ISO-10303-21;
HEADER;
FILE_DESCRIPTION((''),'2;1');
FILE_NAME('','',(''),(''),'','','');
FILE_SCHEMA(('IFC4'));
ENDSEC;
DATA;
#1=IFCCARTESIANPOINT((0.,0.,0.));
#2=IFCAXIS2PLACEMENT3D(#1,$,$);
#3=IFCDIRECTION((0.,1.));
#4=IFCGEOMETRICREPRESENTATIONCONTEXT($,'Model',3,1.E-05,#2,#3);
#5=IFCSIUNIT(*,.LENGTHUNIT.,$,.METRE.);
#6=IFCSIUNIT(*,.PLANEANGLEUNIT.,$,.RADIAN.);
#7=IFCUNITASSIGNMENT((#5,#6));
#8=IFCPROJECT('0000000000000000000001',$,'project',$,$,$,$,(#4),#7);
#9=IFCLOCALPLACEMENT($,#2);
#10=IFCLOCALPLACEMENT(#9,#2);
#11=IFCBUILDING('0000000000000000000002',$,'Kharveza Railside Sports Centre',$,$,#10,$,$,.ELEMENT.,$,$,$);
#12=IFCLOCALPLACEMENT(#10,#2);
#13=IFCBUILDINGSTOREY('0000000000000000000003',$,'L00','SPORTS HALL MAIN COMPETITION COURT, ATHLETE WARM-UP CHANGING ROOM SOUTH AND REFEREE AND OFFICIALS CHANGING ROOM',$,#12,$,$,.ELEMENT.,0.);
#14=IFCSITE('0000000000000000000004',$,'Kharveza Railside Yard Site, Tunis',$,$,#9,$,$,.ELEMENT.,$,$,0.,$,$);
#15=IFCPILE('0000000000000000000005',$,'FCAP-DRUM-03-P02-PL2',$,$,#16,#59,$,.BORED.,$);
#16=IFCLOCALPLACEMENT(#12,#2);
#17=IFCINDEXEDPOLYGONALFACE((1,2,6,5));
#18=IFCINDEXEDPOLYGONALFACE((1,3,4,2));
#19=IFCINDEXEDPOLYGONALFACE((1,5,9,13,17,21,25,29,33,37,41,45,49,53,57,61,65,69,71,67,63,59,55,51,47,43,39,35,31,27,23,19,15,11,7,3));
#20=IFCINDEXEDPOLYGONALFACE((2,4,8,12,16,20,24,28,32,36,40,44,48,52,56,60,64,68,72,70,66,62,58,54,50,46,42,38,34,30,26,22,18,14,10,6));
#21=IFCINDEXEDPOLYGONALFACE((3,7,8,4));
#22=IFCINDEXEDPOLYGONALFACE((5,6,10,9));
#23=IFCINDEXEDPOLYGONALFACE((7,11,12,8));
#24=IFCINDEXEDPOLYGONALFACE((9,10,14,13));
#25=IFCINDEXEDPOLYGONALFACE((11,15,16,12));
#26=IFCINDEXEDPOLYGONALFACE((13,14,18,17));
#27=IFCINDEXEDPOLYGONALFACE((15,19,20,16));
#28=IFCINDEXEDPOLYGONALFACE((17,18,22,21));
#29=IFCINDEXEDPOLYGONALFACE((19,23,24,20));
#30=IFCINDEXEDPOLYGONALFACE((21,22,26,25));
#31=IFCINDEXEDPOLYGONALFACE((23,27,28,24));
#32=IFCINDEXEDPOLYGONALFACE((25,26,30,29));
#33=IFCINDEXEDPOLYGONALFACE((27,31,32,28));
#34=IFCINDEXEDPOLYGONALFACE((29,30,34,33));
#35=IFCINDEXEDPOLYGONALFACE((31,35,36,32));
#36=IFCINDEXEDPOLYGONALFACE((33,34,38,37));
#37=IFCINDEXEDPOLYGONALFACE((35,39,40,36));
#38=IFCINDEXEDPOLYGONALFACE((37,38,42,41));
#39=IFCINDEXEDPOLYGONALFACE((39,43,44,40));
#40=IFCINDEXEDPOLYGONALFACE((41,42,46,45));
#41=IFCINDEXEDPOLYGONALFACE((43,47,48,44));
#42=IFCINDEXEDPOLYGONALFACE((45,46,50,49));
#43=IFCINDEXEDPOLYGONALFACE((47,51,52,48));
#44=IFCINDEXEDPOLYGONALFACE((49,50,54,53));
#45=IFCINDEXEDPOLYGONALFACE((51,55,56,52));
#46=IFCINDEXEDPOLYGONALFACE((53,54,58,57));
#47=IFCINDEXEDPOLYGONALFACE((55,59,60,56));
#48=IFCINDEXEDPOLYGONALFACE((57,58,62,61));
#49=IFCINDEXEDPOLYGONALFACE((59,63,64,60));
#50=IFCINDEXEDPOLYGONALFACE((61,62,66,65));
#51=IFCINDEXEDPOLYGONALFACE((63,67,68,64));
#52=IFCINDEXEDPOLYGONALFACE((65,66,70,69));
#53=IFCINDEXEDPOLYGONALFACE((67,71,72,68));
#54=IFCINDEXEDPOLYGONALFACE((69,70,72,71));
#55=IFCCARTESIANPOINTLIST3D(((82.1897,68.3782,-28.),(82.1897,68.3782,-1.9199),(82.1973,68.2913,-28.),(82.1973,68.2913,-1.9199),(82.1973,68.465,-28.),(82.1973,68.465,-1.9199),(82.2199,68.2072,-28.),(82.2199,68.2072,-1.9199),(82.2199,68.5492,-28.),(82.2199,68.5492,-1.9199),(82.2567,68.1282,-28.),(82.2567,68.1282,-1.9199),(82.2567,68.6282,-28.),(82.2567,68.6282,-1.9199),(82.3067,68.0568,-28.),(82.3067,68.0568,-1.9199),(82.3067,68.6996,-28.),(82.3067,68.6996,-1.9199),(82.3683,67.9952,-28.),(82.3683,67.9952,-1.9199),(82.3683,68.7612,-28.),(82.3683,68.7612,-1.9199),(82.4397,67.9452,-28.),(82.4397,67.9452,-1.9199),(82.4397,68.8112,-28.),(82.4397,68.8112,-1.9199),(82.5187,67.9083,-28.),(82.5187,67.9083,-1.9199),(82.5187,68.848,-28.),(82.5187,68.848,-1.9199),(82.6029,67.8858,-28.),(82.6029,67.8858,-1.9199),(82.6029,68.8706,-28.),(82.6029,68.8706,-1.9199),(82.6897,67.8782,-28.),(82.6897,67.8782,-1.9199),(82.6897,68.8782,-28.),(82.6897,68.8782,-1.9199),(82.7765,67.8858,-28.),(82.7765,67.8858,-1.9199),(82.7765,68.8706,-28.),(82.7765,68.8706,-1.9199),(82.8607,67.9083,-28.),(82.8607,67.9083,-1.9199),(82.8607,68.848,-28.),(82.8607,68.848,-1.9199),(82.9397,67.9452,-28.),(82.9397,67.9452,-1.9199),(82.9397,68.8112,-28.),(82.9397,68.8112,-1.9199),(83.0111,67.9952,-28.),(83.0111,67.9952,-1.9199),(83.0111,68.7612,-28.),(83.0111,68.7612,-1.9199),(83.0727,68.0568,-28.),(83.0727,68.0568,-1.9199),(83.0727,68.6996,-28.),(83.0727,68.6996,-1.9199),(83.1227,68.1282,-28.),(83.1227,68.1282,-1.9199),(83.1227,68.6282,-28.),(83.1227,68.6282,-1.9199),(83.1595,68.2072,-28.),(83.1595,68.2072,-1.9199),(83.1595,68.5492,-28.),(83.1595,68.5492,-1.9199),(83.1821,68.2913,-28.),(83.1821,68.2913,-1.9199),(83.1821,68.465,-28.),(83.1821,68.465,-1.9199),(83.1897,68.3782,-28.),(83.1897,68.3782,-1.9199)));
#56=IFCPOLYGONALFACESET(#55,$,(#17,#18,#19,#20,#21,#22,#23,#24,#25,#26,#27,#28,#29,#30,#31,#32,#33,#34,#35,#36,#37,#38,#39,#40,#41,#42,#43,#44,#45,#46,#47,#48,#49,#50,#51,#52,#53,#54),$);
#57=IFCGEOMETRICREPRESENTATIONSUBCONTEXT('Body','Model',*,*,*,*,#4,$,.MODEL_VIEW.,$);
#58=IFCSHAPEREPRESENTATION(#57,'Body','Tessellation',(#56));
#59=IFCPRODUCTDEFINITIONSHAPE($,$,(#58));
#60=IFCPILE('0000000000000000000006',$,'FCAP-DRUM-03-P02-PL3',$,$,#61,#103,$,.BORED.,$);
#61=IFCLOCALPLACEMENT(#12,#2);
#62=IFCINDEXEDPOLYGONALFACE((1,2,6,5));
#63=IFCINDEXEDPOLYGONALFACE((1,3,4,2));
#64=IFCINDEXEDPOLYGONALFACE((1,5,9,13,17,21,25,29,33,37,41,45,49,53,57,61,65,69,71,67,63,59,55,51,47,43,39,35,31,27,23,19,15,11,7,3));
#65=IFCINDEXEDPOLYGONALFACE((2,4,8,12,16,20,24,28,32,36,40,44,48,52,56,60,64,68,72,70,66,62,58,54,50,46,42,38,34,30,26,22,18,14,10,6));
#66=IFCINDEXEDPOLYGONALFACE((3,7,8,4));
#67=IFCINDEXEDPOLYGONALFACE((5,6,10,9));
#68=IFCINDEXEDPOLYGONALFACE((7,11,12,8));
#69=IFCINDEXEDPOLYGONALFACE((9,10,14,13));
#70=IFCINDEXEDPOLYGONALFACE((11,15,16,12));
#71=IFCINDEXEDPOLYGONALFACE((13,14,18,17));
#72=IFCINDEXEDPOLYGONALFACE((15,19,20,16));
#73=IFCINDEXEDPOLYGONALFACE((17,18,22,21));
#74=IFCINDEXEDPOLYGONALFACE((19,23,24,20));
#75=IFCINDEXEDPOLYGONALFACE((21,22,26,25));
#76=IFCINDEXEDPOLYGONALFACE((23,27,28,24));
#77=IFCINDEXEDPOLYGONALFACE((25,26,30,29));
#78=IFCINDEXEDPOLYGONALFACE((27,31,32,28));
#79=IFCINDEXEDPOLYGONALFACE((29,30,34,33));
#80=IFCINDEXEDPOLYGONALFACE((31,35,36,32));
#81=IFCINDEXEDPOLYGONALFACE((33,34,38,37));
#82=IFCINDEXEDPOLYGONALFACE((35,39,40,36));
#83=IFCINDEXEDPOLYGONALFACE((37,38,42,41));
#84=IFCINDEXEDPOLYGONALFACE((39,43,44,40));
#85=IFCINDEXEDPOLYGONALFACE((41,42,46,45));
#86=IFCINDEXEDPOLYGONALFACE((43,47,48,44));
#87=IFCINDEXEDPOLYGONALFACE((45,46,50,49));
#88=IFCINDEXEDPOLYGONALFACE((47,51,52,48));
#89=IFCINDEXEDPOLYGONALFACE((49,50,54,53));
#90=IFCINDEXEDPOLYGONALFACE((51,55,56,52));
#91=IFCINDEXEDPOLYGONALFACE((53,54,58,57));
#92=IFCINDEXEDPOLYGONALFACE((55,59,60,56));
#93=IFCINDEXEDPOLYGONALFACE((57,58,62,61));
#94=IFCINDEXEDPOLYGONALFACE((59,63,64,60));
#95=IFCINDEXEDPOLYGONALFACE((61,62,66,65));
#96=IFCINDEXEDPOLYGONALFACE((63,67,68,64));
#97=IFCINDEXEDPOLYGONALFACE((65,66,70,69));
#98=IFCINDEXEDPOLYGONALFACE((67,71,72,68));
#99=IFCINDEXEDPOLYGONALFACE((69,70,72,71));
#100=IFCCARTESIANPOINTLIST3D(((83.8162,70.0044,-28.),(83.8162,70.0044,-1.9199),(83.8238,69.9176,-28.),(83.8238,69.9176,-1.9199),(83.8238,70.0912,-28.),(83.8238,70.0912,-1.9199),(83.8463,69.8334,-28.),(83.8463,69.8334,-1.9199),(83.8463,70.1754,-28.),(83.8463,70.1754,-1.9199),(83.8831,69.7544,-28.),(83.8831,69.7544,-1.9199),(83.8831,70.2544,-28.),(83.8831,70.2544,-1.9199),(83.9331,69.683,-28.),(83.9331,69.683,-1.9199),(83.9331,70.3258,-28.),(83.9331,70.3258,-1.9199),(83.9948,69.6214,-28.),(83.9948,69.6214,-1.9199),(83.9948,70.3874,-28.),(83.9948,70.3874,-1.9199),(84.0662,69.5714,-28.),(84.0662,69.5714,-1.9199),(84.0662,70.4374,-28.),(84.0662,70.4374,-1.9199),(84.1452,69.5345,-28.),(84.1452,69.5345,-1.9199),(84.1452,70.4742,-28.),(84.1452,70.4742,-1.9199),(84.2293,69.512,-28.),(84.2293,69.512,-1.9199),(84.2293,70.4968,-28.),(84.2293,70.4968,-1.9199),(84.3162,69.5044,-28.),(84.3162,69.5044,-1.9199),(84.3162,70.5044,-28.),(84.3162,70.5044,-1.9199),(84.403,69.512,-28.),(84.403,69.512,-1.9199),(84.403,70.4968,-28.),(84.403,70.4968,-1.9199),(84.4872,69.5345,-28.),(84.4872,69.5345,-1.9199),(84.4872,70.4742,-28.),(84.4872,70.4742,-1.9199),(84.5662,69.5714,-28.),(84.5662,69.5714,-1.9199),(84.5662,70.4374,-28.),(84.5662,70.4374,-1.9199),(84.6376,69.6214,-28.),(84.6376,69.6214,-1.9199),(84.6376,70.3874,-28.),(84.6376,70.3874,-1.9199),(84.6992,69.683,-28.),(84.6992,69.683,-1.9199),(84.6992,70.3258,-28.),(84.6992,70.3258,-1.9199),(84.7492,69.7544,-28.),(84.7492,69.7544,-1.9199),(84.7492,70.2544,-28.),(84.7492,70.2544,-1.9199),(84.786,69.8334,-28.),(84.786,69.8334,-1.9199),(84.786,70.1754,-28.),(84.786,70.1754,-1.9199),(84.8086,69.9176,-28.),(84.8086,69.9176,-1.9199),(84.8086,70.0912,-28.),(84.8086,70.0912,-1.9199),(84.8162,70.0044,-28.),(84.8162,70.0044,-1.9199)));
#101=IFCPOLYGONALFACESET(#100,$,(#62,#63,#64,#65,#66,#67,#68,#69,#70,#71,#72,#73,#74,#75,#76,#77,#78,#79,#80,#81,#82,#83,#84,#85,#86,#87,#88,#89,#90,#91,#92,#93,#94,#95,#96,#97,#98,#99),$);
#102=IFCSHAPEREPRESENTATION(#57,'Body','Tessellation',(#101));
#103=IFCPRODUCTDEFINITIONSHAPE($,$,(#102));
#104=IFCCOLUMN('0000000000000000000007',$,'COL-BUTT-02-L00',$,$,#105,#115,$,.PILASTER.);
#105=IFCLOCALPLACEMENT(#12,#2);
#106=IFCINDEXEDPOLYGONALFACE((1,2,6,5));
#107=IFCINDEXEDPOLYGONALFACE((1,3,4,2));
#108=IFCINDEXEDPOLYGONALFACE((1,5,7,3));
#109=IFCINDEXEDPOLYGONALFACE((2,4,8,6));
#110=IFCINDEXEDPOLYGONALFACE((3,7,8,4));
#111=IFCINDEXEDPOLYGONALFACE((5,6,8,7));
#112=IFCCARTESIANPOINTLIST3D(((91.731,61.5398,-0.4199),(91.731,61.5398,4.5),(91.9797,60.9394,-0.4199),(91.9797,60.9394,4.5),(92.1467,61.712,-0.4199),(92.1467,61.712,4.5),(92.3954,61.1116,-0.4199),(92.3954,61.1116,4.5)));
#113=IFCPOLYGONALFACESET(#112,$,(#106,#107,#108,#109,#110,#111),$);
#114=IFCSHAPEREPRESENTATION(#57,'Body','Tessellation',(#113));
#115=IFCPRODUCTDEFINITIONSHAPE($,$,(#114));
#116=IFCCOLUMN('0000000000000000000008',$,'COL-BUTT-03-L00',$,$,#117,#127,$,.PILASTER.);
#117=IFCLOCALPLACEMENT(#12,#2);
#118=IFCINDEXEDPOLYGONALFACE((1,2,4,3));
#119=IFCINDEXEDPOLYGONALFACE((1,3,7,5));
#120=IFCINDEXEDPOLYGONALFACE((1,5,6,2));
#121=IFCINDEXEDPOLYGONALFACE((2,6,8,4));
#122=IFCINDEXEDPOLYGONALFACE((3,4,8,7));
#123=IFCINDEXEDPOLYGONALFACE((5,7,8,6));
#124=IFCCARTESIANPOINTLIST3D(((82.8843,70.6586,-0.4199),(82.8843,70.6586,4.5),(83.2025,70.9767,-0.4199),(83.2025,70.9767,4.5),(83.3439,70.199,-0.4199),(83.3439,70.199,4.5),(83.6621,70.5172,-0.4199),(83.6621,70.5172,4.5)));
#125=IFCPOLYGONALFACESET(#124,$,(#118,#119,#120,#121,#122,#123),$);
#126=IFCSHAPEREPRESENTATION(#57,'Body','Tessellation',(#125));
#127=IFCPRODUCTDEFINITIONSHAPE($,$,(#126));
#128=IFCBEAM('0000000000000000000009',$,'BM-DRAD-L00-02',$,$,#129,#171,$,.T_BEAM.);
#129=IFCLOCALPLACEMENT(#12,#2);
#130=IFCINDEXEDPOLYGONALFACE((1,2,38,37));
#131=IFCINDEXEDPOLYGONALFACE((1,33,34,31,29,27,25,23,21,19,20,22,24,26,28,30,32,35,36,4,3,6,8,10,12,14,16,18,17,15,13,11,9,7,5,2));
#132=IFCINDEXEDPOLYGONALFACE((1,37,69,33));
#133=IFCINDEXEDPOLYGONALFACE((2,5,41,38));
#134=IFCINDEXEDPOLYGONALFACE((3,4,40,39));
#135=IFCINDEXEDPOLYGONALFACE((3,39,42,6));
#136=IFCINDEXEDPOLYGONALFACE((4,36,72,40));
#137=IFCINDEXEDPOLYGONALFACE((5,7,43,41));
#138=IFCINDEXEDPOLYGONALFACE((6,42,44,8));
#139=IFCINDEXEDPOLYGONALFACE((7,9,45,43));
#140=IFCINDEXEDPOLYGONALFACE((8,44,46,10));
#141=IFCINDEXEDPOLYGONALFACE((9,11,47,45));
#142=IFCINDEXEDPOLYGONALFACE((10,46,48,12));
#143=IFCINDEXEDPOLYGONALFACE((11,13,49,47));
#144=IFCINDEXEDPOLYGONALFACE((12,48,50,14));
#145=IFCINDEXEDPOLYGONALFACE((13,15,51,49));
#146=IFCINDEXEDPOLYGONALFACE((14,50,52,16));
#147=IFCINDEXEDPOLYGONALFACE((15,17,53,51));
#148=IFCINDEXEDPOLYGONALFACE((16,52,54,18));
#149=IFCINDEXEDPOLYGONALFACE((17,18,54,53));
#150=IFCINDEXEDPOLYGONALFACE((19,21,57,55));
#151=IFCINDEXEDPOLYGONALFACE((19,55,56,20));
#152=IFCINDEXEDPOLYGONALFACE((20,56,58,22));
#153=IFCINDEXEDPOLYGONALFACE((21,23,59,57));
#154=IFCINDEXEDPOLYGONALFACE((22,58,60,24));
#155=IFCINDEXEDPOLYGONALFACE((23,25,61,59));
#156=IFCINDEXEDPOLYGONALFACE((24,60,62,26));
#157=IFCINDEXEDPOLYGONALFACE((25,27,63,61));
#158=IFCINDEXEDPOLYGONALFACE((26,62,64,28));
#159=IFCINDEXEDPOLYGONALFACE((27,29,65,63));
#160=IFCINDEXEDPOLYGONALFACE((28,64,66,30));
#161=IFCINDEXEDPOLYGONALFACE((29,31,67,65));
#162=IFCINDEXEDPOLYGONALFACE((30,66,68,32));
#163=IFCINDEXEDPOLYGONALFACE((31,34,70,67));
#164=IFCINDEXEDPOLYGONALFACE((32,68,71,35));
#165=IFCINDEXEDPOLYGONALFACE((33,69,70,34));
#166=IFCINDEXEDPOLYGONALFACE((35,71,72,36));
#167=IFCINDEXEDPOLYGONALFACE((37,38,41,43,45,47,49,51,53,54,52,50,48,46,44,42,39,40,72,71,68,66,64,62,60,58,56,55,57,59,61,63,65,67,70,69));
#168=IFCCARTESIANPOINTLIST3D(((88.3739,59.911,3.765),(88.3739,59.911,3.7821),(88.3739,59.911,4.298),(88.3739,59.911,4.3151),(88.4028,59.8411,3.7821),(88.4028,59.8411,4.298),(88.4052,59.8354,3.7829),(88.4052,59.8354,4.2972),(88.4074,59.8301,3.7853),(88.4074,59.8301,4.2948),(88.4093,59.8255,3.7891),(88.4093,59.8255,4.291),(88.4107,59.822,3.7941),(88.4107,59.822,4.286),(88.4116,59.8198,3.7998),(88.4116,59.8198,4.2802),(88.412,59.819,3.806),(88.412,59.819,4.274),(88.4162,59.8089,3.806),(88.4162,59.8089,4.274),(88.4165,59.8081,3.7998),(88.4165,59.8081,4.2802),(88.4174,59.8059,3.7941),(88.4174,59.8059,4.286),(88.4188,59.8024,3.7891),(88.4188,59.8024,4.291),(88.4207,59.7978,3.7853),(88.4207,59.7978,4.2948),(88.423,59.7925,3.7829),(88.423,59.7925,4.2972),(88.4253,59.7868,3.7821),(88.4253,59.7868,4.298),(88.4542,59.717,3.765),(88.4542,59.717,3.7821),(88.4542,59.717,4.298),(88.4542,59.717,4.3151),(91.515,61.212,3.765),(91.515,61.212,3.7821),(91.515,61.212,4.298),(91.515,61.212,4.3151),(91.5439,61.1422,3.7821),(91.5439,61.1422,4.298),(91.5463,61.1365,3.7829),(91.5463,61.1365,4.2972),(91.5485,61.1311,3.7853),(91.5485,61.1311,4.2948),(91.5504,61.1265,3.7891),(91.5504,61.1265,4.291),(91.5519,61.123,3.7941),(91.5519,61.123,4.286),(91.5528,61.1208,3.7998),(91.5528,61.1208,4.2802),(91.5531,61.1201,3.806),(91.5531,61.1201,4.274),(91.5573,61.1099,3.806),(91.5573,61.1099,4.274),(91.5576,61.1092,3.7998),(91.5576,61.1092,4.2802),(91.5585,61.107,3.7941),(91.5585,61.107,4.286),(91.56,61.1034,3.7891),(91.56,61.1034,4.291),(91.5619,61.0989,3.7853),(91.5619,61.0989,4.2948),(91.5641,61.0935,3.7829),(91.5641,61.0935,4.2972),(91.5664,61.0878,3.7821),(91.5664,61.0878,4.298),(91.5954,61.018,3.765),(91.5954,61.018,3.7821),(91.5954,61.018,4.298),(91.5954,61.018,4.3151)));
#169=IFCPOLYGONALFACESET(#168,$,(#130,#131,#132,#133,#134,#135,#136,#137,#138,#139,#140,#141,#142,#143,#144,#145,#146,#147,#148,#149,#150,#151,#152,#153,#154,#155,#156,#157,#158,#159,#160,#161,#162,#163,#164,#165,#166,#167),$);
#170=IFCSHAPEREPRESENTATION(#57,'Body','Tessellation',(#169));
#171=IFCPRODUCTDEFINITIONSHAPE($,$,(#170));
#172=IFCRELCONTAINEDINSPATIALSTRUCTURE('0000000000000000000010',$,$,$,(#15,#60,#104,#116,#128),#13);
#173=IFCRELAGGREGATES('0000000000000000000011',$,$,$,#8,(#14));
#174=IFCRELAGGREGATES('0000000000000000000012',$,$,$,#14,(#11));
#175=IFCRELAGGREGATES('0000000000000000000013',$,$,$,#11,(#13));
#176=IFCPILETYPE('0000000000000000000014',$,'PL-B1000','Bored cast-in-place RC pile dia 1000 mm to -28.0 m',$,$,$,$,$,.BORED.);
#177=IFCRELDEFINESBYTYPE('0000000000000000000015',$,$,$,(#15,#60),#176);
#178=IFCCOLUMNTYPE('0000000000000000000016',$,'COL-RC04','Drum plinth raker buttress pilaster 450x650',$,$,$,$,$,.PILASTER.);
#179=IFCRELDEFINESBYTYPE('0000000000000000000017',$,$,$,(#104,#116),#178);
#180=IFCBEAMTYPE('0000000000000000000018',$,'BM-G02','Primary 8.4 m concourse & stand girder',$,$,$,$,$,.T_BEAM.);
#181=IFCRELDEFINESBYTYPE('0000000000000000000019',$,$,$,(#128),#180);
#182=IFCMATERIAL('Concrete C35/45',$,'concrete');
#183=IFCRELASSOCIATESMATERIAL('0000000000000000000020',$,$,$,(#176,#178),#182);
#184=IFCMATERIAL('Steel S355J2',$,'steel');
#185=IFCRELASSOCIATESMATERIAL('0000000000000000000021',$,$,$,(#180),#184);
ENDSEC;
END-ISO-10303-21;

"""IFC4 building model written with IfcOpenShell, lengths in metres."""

from ifc_helpers import new_model, si_unit, direction, frame, origin, origin_2d, place, context, subcontext, project, spatial, rectangle, circle, i_section, extrude, material, material_profile, profile_set, type_object, element, save


model = new_model("IFC4")

# Units and contexts
model_context = context("Model", 3, precision=1e-05, world=origin(), true_north=direction((0.0, 1.0)))
body_context = subcontext(model_context, "Body", "Model", "MODEL_VIEW")
ifc_project = project(units=[si_unit("LENGTHUNIT", "METRE"), si_unit("PLANEANGLEUNIT", "RADIAN")], contexts=[model_context])

# Site, building, storey
site_placement = place(None, origin())
site = spatial("IfcSite", under=ifc_project, at=site_placement, Name="Kharveza Railside Yard Site, Tunis", CompositionType="ELEMENT", RefElevation=0.0)
building_placement = place(site_placement, origin())
building = spatial("IfcBuilding", under=site, at=building_placement, Name="Kharveza Railside Sports Centre", CompositionType="ELEMENT")
storey_placement = place(building_placement, origin())
storey = spatial("IfcBuildingStorey", under=building, at=storey_placement, Name="L00", Description="SPORTS HALL MAIN COMPETITION COURT, ATHLETE WARM-UP CHANGING ROOM SOUTH AND REFEREE AND OFFICIALS CHANGING ROOM", CompositionType="ELEMENT", Elevation=0.0)

# Shared definitions
ifc_material_1 = material(Name="Concrete C35/45", Category="concrete")

# Piles
ifc_material_profile_1 = material_profile(ifc_material_1, circle(Radius=0.5, at=origin_2d()), Name="PILE D1000")
ifc_profile_set_1 = profile_set([ifc_material_profile_1], Name="Concrete C35/45")
pile_type = type_object("IfcPileType", Name="PL-B1000", Description="Bored cast-in-place RC pile dia 1000 mm to -28.0 m", PredefinedType="BORED", material=ifc_profile_set_1)
for number, where, z_axis, x_axis, name in (
    (1, (82.6897, 68.3782, -1.9199), (0.0, 0.0, -1.0), (1.0, 0.0, 0.0), "FCAP-DRUM-03-P02-PL2"),
    (2, (84.3162, 70.0044, -1.9199), (0.0, 0.0, -1.0), (1.0, 0.0, 0.0), "FCAP-DRUM-03-P02-PL3"),
):
    element("IfcPile", number, at=place(storey_placement, frame(where, z_axis=z_axis, x_axis=x_axis)), inside=storey, type_object=pile_type, Name=name, PredefinedType="BORED", context=body_context, shape_type="SweptSolid", body=[
        extrude(circle(Radius=0.5, at=origin_2d()), origin(), (0.0, 0.0, 1.0), 26.0801),
    ])

# Columns
ifc_material_profile_2 = material_profile(ifc_material_1, rectangle(XDim=0.45, YDim=0.6499, at=origin_2d()), Name="RC 450x650")
ifc_profile_set_2 = profile_set([ifc_material_profile_2], Name="Concrete C35/45")
column_type = type_object("IfcColumnType", Name="COL-RC04", Description="Drum plinth raker buttress pilaster 450x650", PredefinedType="PILASTER", material=ifc_profile_set_2)
for number, where, z_axis, x_axis, name in (
    (3, (92.0632, 61.3257, -0.4199), (0.0, 0.0, 1.0), (0.92388, 0.382683, 0.0), "COL-BUTT-02-L00"),
    (4, (83.2732, 70.5879, -0.4199), (0.0, 0.0, 1.0), (0.707107, 0.707107, 0.0), "COL-BUTT-03-L00"),
):
    element("IfcColumn", number, at=place(storey_placement, frame(where, z_axis=z_axis, x_axis=x_axis)), inside=storey, type_object=column_type, Name=name, PredefinedType="PILASTER", context=body_context, shape_type="SweptSolid", body=[
        extrude(rectangle(XDim=0.45, YDim=0.6499, at=origin_2d()), origin(), (0.0, 0.0, 1.0), 4.9199),
    ])

# Beam
ifc_material_2 = material(Name="Steel S355J2", Category="steel")
ifc_material_profile_3 = material_profile(ifc_material_2, i_section(OverallWidth=0.21, OverallDepth=0.55, WebThickness=0.011, FlangeThickness=0.0171, FilletRadius=0.0239, at=origin_2d()), Name="IPE 550")
ifc_profile_set_3 = profile_set([ifc_material_profile_3], Name="Steel S355J2")
beam_type_1 = type_object("IfcBeamType", Name="BM-G02", Description="Primary 8.4 m concourse & stand girder", PredefinedType="T_BEAM", material=ifc_profile_set_3)
beam_1_placement = place(storey_placement, frame((88.4141, 59.814, 4.04), z_axis=(0.923886, 0.382667, 0.0), x_axis=(-0.382667, 0.923886, 0.0)))
element("IfcBeam", 5, at=beam_1_placement, inside=storey, type_object=beam_type_1, Name="BM-DRAD-L00-02", PredefinedType="T_BEAM", context=body_context, shape_type="SweptSolid", body=[
    extrude(i_section(OverallWidth=0.21, OverallDepth=0.55, WebThickness=0.011, FlangeThickness=0.0171, FilletRadius=0.0239, at=origin_2d()), origin(), (0.0, 0.0, 1.0), 3.3999),
])

save(model, "model.ifc")
